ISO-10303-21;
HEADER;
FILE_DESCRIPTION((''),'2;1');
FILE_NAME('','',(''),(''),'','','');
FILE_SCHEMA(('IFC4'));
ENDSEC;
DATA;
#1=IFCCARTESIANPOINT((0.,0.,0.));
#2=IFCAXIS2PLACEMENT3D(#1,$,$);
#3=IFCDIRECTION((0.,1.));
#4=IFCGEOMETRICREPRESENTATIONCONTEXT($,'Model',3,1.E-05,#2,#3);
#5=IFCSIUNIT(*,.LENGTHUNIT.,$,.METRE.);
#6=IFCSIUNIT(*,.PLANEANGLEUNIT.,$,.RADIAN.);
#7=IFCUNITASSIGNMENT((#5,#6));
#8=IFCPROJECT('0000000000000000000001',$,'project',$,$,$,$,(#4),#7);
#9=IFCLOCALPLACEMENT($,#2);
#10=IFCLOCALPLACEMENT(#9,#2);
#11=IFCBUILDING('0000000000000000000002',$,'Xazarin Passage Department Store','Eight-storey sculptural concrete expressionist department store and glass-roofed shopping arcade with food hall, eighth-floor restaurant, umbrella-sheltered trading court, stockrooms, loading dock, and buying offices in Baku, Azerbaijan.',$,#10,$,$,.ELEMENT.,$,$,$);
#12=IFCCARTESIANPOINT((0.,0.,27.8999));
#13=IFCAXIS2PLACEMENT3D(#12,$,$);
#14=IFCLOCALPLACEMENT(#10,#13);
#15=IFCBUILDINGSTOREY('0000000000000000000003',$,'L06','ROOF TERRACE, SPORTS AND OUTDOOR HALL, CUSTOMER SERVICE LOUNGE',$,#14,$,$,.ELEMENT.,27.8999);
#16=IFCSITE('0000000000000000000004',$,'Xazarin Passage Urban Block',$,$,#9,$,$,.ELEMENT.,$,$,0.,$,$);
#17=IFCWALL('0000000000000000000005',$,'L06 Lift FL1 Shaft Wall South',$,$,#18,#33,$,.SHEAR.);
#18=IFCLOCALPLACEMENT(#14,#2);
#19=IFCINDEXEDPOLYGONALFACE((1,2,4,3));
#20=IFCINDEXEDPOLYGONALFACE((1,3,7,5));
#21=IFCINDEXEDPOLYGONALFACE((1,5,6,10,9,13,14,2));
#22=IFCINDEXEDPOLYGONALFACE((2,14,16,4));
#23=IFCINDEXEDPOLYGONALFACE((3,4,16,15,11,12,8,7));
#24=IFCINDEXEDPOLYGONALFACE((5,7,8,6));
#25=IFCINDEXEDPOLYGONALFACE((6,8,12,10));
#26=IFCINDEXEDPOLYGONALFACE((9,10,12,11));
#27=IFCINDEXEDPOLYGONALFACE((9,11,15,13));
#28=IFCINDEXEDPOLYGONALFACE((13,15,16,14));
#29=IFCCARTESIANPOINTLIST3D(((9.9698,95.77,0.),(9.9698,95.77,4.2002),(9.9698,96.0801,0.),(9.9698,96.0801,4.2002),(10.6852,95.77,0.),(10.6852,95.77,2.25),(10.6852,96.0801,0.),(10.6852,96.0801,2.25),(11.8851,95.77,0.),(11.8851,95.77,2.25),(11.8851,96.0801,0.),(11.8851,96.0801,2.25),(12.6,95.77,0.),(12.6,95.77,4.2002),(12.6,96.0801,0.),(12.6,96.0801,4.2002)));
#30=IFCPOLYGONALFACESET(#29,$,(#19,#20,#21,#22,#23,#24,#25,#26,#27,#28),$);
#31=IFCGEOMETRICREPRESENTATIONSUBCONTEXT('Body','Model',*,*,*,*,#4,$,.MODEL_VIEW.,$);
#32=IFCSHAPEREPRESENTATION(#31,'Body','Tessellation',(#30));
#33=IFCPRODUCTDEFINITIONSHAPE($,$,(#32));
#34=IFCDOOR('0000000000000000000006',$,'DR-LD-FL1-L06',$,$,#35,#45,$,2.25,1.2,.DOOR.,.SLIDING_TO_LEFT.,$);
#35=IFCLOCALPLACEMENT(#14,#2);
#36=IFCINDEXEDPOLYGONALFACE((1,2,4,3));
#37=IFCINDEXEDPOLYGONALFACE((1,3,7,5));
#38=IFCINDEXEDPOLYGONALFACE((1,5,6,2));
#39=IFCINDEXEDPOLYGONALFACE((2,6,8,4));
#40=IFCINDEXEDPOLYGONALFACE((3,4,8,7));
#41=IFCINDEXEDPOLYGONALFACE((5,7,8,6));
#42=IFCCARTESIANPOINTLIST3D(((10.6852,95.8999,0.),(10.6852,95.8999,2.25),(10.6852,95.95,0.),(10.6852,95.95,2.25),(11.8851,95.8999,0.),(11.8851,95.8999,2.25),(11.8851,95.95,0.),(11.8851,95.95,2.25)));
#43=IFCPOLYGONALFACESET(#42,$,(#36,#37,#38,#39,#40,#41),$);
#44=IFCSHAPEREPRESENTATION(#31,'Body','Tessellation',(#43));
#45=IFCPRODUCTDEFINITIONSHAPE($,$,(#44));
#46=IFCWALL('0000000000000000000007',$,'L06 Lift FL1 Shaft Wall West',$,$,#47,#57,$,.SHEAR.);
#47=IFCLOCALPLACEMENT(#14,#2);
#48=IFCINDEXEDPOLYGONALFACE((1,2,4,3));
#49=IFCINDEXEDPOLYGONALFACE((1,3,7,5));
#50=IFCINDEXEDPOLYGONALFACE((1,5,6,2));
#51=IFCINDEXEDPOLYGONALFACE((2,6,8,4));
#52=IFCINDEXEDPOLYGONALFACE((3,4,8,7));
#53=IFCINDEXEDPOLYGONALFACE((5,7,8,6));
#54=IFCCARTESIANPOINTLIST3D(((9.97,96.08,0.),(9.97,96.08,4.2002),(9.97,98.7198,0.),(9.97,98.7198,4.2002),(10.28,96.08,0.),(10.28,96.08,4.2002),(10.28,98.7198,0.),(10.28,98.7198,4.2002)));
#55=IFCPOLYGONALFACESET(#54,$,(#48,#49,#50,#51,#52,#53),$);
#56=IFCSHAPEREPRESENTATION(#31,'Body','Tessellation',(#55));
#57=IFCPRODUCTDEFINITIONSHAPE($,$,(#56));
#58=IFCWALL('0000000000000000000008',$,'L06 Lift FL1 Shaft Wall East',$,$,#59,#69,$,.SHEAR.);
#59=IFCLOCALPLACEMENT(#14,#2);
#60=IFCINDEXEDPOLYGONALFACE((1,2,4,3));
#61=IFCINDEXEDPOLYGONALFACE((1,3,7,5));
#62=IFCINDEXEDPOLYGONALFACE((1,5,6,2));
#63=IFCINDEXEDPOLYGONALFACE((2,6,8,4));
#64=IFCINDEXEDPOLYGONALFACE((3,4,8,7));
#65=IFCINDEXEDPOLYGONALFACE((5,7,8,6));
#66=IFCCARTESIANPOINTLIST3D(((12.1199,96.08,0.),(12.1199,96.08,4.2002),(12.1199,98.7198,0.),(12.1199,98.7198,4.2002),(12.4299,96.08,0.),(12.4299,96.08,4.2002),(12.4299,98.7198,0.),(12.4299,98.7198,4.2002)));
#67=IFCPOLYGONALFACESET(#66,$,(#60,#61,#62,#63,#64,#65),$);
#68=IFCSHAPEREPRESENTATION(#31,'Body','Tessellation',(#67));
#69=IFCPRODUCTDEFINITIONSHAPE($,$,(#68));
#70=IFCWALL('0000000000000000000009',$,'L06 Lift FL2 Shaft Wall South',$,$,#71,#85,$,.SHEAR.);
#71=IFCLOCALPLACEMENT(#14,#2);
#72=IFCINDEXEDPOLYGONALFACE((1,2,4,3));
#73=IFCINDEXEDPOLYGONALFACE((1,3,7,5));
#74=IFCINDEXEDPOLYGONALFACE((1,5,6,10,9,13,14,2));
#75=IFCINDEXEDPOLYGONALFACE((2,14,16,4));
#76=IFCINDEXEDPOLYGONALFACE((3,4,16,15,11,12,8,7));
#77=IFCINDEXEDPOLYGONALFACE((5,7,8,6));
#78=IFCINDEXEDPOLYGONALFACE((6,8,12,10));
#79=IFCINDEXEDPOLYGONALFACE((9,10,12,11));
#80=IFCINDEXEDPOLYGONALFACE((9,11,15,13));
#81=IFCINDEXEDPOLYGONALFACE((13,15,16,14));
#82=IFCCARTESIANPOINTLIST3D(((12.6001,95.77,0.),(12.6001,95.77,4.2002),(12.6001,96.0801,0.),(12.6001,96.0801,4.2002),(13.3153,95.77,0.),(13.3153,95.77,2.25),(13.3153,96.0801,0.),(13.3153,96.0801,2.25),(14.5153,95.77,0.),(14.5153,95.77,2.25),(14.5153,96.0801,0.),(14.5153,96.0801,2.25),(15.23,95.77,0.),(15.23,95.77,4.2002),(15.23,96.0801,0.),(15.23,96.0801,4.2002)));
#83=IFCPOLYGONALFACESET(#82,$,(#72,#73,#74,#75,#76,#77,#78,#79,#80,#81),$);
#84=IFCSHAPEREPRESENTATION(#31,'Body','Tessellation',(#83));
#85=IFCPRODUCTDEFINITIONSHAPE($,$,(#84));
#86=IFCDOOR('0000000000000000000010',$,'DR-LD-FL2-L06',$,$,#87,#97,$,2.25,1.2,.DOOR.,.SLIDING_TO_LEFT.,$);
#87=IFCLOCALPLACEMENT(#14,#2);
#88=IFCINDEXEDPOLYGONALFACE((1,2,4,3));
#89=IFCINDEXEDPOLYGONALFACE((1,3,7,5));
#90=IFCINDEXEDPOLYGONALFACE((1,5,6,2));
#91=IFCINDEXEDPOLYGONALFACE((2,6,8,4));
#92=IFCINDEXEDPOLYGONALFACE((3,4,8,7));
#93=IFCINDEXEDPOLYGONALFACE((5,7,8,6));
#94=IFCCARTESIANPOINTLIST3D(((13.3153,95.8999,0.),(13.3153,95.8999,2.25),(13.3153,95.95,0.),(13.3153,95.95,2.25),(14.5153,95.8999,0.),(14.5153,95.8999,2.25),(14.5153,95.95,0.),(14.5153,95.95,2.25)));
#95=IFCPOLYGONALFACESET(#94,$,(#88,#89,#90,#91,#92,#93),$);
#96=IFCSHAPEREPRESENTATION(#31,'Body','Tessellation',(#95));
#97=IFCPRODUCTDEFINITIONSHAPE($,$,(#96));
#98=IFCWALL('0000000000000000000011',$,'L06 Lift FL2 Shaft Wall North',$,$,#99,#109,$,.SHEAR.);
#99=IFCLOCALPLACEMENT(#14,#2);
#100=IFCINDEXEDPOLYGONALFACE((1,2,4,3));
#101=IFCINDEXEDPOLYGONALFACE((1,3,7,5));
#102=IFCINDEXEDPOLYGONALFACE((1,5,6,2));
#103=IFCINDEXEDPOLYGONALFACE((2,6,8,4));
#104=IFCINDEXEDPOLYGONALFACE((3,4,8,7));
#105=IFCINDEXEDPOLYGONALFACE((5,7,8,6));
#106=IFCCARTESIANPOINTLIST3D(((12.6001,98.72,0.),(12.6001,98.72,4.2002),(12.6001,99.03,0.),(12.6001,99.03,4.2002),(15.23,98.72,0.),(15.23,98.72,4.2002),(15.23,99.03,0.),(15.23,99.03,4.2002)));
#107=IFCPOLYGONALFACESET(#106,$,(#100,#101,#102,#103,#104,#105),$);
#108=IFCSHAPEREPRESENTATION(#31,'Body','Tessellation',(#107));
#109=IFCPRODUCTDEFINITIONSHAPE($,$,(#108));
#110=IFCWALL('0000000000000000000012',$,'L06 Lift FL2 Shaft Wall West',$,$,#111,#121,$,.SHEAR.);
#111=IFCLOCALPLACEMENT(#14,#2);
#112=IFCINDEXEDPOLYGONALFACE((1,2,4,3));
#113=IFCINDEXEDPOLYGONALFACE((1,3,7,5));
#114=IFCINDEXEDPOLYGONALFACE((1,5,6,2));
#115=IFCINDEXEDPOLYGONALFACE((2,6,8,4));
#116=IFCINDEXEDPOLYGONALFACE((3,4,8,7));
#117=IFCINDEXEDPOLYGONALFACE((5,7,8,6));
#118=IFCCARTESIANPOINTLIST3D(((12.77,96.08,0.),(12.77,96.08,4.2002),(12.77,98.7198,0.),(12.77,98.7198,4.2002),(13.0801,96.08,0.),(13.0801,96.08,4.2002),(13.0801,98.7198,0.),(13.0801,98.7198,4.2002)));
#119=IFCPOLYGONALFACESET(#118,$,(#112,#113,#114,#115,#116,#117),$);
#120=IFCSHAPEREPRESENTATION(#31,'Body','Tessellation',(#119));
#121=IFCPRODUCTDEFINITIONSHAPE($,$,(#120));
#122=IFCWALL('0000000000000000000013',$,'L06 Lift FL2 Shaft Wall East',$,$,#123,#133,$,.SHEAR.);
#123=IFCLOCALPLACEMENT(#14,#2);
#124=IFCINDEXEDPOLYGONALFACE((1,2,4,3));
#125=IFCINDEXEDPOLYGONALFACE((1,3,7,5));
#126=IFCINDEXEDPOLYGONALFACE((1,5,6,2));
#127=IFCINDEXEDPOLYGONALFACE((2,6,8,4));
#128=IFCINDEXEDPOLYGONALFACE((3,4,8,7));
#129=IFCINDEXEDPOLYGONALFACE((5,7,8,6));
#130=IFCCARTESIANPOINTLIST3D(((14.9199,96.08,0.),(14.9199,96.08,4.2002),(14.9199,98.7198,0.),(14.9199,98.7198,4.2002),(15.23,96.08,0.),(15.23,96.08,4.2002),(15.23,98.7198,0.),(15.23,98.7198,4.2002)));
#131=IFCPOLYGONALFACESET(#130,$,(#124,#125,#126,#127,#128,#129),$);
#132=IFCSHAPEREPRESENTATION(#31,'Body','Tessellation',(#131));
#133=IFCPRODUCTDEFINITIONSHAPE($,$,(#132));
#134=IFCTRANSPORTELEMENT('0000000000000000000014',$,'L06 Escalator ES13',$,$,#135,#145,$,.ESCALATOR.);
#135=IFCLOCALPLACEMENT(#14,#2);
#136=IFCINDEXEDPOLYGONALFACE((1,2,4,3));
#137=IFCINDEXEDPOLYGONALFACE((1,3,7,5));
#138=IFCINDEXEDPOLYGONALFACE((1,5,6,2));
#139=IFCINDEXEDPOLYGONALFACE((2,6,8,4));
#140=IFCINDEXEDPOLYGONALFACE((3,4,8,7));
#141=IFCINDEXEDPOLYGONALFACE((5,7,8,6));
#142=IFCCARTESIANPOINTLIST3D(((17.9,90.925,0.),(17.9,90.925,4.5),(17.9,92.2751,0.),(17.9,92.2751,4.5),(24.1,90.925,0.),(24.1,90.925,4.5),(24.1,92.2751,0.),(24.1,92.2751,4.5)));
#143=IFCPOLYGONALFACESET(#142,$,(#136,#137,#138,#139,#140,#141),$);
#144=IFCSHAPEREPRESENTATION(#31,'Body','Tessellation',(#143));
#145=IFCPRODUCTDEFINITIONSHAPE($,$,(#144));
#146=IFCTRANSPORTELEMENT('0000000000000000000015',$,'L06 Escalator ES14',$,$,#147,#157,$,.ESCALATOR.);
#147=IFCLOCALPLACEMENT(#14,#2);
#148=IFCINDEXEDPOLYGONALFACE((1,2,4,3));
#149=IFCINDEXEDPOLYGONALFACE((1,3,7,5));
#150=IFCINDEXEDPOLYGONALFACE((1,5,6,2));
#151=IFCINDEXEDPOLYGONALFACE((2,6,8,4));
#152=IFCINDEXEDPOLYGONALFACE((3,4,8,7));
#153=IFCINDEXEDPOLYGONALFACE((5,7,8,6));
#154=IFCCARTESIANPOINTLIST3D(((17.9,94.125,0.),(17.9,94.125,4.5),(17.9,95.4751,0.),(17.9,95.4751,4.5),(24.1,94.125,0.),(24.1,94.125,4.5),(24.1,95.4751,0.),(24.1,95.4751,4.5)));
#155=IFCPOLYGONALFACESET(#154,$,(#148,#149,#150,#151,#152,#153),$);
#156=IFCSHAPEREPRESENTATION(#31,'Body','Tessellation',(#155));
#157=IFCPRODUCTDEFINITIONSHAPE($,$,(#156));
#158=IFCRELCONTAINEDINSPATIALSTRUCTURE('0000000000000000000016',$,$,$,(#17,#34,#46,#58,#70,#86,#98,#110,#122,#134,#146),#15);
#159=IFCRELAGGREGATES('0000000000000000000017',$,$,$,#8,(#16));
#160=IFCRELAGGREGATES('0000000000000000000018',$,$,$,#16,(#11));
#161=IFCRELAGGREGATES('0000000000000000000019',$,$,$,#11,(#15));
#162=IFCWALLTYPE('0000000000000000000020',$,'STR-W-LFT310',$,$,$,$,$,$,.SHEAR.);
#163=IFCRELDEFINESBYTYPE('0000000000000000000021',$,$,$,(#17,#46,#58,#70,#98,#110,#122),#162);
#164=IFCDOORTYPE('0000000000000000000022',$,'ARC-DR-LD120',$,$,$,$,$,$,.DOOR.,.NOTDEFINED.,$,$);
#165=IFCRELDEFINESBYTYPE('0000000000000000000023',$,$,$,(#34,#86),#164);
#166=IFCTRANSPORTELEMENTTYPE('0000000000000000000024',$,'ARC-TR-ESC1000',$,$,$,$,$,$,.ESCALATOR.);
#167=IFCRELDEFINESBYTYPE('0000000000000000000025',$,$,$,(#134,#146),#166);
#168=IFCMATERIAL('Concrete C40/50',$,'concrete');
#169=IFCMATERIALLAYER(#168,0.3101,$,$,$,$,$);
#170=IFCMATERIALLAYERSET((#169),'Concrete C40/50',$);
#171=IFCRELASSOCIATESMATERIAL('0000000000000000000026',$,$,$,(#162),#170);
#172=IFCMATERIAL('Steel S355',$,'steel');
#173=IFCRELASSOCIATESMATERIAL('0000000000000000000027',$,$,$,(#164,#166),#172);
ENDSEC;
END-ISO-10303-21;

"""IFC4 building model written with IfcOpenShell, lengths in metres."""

from ifc_helpers import new_model, si_unit, direction, frame, frame_2d, origin, origin_2d, place, context, subcontext, project, spatial, rectangle, extrude, material, layer, layer_set, type_object, element, fill, save


model = new_model("IFC4")

# Units and contexts
model_context = context("Model", 3, precision=1e-05, world=origin(), true_north=direction((0.0, 1.0)))
body_context = subcontext(model_context, "Body", "Model", "MODEL_VIEW")
ifc_project = project(units=[si_unit("LENGTHUNIT", "METRE"), si_unit("PLANEANGLEUNIT", "RADIAN")], contexts=[model_context])

# Site, building, storey
site_placement = place(None, origin())
site = spatial("IfcSite", under=ifc_project, at=site_placement, Name="Xazarin Passage Urban Block", CompositionType="ELEMENT", RefElevation=0.0)
building_placement = place(site_placement, origin())
building = spatial("IfcBuilding", under=site, at=building_placement, Name="Xazarin Passage Department Store", Description="Eight-storey sculptural concrete expressionist department store and glass-roofed shopping arcade with food hall, eighth-floor restaurant, umbrella-sheltered trading court, stockrooms, loading dock, and buying offices in Baku, Azerbaijan.", CompositionType="ELEMENT")
storey_placement = place(building_placement, frame((0.0, 0.0, 27.8999)))
storey = spatial("IfcBuildingStorey", under=building, at=storey_placement, Name="L06", Description="ROOF TERRACE, SPORTS AND OUTDOOR HALL, CUSTOMER SERVICE LOUNGE", CompositionType="ELEMENT", Elevation=27.8999)

# Shared definitions
ifc_material_1 = material(Name="Concrete C40/50", Category="concrete")

# Shared definitions
ifc_material_2 = material(Name="Steel S355", Category="steel")

# Wall, opening, door
ifc_layer_1 = layer(ifc_material_1, 0.3101)
ifc_layer_set_1 = layer_set([ifc_layer_1], Name="Concrete C40/50")
wall_type_1 = type_object("IfcWallType", Name="STR-W-LFT310", PredefinedType="SHEAR", material=ifc_layer_set_1)
wall_1_placement = place(storey_placement, frame((9.97, 95.925, 0.0), z_axis=(0.0, 0.0, 1.0), x_axis=(1.0, 0.0, 0.0)))
wall_1 = element("IfcWall", 1, at=wall_1_placement, inside=storey, type_object=wall_type_1, Name="L06 Lift FL1 Shaft Wall South", PredefinedType="SHEAR", context=body_context, shape_type="SweptSolid", body=[
    extrude(rectangle(XDim=2.6301, YDim=0.3101, at=frame_2d((1.3149, 0.0))), origin(), (0.0, 0.0, 1.0), 4.2002),
])
opening_1_placement = place(wall_1_placement, frame((0.7151, 0.0, 0.0)))
opening_1 = element("IfcOpeningElement", 2, at=opening_1_placement, cuts=wall_1, PredefinedType="OPENING", context=body_context, shape_type="SweptSolid", body=[
    extrude(rectangle(XDim=1.2, YDim=2.25, at=frame_2d((0.6001, 1.125))), frame((0.0, 0.165, 0.0), z_axis=(0.0, -1.0, 0.0), x_axis=(1.0, 0.0, 0.0)), (0.0, 0.0, 1.0), 0.3301),
])
door_type_1 = type_object("IfcDoorType", Name="ARC-DR-LD120", OperationType="NOTDEFINED", PredefinedType="DOOR", material=ifc_material_2)
door_1_placement = place(opening_1_placement, origin())
door_1 = element("IfcDoor", 3, at=door_1_placement, inside=storey, type_object=door_type_1, Name="DR-LD-FL1-L06", OperationType="SLIDING_TO_LEFT", OverallHeight=2.25, OverallWidth=1.2, PredefinedType="DOOR", context=body_context, shape_type="SweptSolid", body=[
    extrude(rectangle(XDim=1.2, YDim=2.25, at=frame_2d((0.6001, 1.125))), frame((0.0, 0.0249, 0.0), z_axis=(0.0, -1.0, 0.0), x_axis=(1.0, 0.0, 0.0)), (0.0, 0.0, 1.0), 0.05),
])
fill(opening_1, door_1)

# Walls
for number, where, z_axis, x_axis, name in (
    (4, (10.125, 96.0801, 0.0), (0.0, 0.0, 1.0), (0.0, 1.0, 0.0), "L06 Lift FL1 Shaft Wall West"),
    (5, (12.2749, 96.0801, 0.0), (0.0, 0.0, 1.0), (0.0, 1.0, 0.0), "L06 Lift FL1 Shaft Wall East"),
):
    element("IfcWall", number, at=place(storey_placement, frame(where, z_axis=z_axis, x_axis=x_axis)), inside=storey, type_object=wall_type_1, Name=name, PredefinedType="SHEAR", context=body_context, shape_type="SweptSolid", body=[
        extrude(rectangle(XDim=2.6399, YDim=0.3101, at=frame_2d((1.3198, 0.0))), origin(), (0.0, 0.0, 1.0), 4.2002),
    ])

# Wall, opening, door
wall_2_placement = place(storey_placement, frame((12.6001, 95.925, 0.0), z_axis=(0.0, 0.0, 1.0), x_axis=(1.0, 0.0, 0.0)))
wall_2 = element("IfcWall", 6, at=wall_2_placement, inside=storey, type_object=wall_type_1, Name="L06 Lift FL2 Shaft Wall South", PredefinedType="SHEAR", context=body_context, shape_type="SweptSolid", body=[
    extrude(rectangle(XDim=2.6299, YDim=0.3101, at=frame_2d((1.3149, 0.0))), origin(), (0.0, 0.0, 1.0), 4.2002),
])
opening_2_placement = place(wall_2_placement, frame((0.7151, 0.0, 0.0)))
opening_2 = element("IfcOpeningElement", 7, at=opening_2_placement, cuts=wall_2, PredefinedType="OPENING", context=body_context, shape_type="SweptSolid", body=[
    extrude(rectangle(XDim=1.2, YDim=2.25, at=frame_2d((0.6001, 1.125))), frame((0.0, 0.165, 0.0), z_axis=(0.0, -1.0, 0.0), x_axis=(1.0, 0.0, 0.0)), (0.0, 0.0, 1.0), 0.3301),
])
door_2_placement = place(opening_2_placement, origin())
door_2 = element("IfcDoor", 8, at=door_2_placement, inside=storey, type_object=door_type_1, Name="DR-LD-FL2-L06", OperationType="SLIDING_TO_LEFT", OverallHeight=2.25, OverallWidth=1.2, PredefinedType="DOOR", context=body_context, shape_type="SweptSolid", body=[
    extrude(rectangle(XDim=1.2, YDim=2.25, at=frame_2d((0.6001, 1.125))), frame((0.0, 0.0249, 0.0), z_axis=(0.0, -1.0, 0.0), x_axis=(1.0, 0.0, 0.0)), (0.0, 0.0, 1.0), 0.05),
])
fill(opening_2, door_2)

# Walls
wall_3_placement = place(storey_placement, frame((12.6001, 98.875, 0.0), z_axis=(0.0, 0.0, 1.0), x_axis=(1.0, 0.0, 0.0)))
element("IfcWall", 9, at=wall_3_placement, inside=storey, type_object=wall_type_1, Name="L06 Lift FL2 Shaft Wall North", PredefinedType="SHEAR", context=body_context, shape_type="SweptSolid", body=[
    extrude(rectangle(XDim=2.6299, YDim=0.3101, at=frame_2d((1.3149, 0.0))), origin(), (0.0, 0.0, 1.0), 4.2002),
])
for number, where, z_axis, x_axis, name in (
    (10, (12.925, 96.0801, 0.0), (0.0, 0.0, 1.0), (0.0, 1.0, 0.0), "L06 Lift FL2 Shaft Wall West"),
    (11, (15.075, 96.0801, 0.0), (0.0, 0.0, 1.0), (0.0, 1.0, 0.0), "L06 Lift FL2 Shaft Wall East"),
):
    element("IfcWall", number, at=place(storey_placement, frame(where, z_axis=z_axis, x_axis=x_axis)), inside=storey, type_object=wall_type_1, Name=name, PredefinedType="SHEAR", context=body_context, shape_type="SweptSolid", body=[
        extrude(rectangle(XDim=2.6399, YDim=0.3101, at=frame_2d((1.3198, 0.0))), origin(), (0.0, 0.0, 1.0), 4.2002),
    ])

# Transport elements
transport_element_type = type_object("IfcTransportElementType", Name="ARC-TR-ESC1000", PredefinedType="ESCALATOR", material=ifc_material_2)
for number, where, z_axis, x_axis, name in (
    (12, (21.0, 91.6001, 0.0), (0.0, 0.0, 1.0), (1.0, 0.0, 0.0), "L06 Escalator ES13"),
    (13, (21.0, 94.8, 0.0), (0.0, 0.0, 1.0), (1.0, 0.0, 0.0), "L06 Escalator ES14"),
):
    element("IfcTransportElement", number, at=place(storey_placement, frame(where, z_axis=z_axis, x_axis=x_axis)), inside=storey, type_object=transport_element_type, Name=name, PredefinedType="ESCALATOR", context=body_context, shape_type="SweptSolid", body=[
        extrude(rectangle(XDim=6.2, YDim=1.3501, at=origin_2d()), origin(), (0.0, 0.0, 1.0), 4.5),
    ])

save(model, "model.ifc")
